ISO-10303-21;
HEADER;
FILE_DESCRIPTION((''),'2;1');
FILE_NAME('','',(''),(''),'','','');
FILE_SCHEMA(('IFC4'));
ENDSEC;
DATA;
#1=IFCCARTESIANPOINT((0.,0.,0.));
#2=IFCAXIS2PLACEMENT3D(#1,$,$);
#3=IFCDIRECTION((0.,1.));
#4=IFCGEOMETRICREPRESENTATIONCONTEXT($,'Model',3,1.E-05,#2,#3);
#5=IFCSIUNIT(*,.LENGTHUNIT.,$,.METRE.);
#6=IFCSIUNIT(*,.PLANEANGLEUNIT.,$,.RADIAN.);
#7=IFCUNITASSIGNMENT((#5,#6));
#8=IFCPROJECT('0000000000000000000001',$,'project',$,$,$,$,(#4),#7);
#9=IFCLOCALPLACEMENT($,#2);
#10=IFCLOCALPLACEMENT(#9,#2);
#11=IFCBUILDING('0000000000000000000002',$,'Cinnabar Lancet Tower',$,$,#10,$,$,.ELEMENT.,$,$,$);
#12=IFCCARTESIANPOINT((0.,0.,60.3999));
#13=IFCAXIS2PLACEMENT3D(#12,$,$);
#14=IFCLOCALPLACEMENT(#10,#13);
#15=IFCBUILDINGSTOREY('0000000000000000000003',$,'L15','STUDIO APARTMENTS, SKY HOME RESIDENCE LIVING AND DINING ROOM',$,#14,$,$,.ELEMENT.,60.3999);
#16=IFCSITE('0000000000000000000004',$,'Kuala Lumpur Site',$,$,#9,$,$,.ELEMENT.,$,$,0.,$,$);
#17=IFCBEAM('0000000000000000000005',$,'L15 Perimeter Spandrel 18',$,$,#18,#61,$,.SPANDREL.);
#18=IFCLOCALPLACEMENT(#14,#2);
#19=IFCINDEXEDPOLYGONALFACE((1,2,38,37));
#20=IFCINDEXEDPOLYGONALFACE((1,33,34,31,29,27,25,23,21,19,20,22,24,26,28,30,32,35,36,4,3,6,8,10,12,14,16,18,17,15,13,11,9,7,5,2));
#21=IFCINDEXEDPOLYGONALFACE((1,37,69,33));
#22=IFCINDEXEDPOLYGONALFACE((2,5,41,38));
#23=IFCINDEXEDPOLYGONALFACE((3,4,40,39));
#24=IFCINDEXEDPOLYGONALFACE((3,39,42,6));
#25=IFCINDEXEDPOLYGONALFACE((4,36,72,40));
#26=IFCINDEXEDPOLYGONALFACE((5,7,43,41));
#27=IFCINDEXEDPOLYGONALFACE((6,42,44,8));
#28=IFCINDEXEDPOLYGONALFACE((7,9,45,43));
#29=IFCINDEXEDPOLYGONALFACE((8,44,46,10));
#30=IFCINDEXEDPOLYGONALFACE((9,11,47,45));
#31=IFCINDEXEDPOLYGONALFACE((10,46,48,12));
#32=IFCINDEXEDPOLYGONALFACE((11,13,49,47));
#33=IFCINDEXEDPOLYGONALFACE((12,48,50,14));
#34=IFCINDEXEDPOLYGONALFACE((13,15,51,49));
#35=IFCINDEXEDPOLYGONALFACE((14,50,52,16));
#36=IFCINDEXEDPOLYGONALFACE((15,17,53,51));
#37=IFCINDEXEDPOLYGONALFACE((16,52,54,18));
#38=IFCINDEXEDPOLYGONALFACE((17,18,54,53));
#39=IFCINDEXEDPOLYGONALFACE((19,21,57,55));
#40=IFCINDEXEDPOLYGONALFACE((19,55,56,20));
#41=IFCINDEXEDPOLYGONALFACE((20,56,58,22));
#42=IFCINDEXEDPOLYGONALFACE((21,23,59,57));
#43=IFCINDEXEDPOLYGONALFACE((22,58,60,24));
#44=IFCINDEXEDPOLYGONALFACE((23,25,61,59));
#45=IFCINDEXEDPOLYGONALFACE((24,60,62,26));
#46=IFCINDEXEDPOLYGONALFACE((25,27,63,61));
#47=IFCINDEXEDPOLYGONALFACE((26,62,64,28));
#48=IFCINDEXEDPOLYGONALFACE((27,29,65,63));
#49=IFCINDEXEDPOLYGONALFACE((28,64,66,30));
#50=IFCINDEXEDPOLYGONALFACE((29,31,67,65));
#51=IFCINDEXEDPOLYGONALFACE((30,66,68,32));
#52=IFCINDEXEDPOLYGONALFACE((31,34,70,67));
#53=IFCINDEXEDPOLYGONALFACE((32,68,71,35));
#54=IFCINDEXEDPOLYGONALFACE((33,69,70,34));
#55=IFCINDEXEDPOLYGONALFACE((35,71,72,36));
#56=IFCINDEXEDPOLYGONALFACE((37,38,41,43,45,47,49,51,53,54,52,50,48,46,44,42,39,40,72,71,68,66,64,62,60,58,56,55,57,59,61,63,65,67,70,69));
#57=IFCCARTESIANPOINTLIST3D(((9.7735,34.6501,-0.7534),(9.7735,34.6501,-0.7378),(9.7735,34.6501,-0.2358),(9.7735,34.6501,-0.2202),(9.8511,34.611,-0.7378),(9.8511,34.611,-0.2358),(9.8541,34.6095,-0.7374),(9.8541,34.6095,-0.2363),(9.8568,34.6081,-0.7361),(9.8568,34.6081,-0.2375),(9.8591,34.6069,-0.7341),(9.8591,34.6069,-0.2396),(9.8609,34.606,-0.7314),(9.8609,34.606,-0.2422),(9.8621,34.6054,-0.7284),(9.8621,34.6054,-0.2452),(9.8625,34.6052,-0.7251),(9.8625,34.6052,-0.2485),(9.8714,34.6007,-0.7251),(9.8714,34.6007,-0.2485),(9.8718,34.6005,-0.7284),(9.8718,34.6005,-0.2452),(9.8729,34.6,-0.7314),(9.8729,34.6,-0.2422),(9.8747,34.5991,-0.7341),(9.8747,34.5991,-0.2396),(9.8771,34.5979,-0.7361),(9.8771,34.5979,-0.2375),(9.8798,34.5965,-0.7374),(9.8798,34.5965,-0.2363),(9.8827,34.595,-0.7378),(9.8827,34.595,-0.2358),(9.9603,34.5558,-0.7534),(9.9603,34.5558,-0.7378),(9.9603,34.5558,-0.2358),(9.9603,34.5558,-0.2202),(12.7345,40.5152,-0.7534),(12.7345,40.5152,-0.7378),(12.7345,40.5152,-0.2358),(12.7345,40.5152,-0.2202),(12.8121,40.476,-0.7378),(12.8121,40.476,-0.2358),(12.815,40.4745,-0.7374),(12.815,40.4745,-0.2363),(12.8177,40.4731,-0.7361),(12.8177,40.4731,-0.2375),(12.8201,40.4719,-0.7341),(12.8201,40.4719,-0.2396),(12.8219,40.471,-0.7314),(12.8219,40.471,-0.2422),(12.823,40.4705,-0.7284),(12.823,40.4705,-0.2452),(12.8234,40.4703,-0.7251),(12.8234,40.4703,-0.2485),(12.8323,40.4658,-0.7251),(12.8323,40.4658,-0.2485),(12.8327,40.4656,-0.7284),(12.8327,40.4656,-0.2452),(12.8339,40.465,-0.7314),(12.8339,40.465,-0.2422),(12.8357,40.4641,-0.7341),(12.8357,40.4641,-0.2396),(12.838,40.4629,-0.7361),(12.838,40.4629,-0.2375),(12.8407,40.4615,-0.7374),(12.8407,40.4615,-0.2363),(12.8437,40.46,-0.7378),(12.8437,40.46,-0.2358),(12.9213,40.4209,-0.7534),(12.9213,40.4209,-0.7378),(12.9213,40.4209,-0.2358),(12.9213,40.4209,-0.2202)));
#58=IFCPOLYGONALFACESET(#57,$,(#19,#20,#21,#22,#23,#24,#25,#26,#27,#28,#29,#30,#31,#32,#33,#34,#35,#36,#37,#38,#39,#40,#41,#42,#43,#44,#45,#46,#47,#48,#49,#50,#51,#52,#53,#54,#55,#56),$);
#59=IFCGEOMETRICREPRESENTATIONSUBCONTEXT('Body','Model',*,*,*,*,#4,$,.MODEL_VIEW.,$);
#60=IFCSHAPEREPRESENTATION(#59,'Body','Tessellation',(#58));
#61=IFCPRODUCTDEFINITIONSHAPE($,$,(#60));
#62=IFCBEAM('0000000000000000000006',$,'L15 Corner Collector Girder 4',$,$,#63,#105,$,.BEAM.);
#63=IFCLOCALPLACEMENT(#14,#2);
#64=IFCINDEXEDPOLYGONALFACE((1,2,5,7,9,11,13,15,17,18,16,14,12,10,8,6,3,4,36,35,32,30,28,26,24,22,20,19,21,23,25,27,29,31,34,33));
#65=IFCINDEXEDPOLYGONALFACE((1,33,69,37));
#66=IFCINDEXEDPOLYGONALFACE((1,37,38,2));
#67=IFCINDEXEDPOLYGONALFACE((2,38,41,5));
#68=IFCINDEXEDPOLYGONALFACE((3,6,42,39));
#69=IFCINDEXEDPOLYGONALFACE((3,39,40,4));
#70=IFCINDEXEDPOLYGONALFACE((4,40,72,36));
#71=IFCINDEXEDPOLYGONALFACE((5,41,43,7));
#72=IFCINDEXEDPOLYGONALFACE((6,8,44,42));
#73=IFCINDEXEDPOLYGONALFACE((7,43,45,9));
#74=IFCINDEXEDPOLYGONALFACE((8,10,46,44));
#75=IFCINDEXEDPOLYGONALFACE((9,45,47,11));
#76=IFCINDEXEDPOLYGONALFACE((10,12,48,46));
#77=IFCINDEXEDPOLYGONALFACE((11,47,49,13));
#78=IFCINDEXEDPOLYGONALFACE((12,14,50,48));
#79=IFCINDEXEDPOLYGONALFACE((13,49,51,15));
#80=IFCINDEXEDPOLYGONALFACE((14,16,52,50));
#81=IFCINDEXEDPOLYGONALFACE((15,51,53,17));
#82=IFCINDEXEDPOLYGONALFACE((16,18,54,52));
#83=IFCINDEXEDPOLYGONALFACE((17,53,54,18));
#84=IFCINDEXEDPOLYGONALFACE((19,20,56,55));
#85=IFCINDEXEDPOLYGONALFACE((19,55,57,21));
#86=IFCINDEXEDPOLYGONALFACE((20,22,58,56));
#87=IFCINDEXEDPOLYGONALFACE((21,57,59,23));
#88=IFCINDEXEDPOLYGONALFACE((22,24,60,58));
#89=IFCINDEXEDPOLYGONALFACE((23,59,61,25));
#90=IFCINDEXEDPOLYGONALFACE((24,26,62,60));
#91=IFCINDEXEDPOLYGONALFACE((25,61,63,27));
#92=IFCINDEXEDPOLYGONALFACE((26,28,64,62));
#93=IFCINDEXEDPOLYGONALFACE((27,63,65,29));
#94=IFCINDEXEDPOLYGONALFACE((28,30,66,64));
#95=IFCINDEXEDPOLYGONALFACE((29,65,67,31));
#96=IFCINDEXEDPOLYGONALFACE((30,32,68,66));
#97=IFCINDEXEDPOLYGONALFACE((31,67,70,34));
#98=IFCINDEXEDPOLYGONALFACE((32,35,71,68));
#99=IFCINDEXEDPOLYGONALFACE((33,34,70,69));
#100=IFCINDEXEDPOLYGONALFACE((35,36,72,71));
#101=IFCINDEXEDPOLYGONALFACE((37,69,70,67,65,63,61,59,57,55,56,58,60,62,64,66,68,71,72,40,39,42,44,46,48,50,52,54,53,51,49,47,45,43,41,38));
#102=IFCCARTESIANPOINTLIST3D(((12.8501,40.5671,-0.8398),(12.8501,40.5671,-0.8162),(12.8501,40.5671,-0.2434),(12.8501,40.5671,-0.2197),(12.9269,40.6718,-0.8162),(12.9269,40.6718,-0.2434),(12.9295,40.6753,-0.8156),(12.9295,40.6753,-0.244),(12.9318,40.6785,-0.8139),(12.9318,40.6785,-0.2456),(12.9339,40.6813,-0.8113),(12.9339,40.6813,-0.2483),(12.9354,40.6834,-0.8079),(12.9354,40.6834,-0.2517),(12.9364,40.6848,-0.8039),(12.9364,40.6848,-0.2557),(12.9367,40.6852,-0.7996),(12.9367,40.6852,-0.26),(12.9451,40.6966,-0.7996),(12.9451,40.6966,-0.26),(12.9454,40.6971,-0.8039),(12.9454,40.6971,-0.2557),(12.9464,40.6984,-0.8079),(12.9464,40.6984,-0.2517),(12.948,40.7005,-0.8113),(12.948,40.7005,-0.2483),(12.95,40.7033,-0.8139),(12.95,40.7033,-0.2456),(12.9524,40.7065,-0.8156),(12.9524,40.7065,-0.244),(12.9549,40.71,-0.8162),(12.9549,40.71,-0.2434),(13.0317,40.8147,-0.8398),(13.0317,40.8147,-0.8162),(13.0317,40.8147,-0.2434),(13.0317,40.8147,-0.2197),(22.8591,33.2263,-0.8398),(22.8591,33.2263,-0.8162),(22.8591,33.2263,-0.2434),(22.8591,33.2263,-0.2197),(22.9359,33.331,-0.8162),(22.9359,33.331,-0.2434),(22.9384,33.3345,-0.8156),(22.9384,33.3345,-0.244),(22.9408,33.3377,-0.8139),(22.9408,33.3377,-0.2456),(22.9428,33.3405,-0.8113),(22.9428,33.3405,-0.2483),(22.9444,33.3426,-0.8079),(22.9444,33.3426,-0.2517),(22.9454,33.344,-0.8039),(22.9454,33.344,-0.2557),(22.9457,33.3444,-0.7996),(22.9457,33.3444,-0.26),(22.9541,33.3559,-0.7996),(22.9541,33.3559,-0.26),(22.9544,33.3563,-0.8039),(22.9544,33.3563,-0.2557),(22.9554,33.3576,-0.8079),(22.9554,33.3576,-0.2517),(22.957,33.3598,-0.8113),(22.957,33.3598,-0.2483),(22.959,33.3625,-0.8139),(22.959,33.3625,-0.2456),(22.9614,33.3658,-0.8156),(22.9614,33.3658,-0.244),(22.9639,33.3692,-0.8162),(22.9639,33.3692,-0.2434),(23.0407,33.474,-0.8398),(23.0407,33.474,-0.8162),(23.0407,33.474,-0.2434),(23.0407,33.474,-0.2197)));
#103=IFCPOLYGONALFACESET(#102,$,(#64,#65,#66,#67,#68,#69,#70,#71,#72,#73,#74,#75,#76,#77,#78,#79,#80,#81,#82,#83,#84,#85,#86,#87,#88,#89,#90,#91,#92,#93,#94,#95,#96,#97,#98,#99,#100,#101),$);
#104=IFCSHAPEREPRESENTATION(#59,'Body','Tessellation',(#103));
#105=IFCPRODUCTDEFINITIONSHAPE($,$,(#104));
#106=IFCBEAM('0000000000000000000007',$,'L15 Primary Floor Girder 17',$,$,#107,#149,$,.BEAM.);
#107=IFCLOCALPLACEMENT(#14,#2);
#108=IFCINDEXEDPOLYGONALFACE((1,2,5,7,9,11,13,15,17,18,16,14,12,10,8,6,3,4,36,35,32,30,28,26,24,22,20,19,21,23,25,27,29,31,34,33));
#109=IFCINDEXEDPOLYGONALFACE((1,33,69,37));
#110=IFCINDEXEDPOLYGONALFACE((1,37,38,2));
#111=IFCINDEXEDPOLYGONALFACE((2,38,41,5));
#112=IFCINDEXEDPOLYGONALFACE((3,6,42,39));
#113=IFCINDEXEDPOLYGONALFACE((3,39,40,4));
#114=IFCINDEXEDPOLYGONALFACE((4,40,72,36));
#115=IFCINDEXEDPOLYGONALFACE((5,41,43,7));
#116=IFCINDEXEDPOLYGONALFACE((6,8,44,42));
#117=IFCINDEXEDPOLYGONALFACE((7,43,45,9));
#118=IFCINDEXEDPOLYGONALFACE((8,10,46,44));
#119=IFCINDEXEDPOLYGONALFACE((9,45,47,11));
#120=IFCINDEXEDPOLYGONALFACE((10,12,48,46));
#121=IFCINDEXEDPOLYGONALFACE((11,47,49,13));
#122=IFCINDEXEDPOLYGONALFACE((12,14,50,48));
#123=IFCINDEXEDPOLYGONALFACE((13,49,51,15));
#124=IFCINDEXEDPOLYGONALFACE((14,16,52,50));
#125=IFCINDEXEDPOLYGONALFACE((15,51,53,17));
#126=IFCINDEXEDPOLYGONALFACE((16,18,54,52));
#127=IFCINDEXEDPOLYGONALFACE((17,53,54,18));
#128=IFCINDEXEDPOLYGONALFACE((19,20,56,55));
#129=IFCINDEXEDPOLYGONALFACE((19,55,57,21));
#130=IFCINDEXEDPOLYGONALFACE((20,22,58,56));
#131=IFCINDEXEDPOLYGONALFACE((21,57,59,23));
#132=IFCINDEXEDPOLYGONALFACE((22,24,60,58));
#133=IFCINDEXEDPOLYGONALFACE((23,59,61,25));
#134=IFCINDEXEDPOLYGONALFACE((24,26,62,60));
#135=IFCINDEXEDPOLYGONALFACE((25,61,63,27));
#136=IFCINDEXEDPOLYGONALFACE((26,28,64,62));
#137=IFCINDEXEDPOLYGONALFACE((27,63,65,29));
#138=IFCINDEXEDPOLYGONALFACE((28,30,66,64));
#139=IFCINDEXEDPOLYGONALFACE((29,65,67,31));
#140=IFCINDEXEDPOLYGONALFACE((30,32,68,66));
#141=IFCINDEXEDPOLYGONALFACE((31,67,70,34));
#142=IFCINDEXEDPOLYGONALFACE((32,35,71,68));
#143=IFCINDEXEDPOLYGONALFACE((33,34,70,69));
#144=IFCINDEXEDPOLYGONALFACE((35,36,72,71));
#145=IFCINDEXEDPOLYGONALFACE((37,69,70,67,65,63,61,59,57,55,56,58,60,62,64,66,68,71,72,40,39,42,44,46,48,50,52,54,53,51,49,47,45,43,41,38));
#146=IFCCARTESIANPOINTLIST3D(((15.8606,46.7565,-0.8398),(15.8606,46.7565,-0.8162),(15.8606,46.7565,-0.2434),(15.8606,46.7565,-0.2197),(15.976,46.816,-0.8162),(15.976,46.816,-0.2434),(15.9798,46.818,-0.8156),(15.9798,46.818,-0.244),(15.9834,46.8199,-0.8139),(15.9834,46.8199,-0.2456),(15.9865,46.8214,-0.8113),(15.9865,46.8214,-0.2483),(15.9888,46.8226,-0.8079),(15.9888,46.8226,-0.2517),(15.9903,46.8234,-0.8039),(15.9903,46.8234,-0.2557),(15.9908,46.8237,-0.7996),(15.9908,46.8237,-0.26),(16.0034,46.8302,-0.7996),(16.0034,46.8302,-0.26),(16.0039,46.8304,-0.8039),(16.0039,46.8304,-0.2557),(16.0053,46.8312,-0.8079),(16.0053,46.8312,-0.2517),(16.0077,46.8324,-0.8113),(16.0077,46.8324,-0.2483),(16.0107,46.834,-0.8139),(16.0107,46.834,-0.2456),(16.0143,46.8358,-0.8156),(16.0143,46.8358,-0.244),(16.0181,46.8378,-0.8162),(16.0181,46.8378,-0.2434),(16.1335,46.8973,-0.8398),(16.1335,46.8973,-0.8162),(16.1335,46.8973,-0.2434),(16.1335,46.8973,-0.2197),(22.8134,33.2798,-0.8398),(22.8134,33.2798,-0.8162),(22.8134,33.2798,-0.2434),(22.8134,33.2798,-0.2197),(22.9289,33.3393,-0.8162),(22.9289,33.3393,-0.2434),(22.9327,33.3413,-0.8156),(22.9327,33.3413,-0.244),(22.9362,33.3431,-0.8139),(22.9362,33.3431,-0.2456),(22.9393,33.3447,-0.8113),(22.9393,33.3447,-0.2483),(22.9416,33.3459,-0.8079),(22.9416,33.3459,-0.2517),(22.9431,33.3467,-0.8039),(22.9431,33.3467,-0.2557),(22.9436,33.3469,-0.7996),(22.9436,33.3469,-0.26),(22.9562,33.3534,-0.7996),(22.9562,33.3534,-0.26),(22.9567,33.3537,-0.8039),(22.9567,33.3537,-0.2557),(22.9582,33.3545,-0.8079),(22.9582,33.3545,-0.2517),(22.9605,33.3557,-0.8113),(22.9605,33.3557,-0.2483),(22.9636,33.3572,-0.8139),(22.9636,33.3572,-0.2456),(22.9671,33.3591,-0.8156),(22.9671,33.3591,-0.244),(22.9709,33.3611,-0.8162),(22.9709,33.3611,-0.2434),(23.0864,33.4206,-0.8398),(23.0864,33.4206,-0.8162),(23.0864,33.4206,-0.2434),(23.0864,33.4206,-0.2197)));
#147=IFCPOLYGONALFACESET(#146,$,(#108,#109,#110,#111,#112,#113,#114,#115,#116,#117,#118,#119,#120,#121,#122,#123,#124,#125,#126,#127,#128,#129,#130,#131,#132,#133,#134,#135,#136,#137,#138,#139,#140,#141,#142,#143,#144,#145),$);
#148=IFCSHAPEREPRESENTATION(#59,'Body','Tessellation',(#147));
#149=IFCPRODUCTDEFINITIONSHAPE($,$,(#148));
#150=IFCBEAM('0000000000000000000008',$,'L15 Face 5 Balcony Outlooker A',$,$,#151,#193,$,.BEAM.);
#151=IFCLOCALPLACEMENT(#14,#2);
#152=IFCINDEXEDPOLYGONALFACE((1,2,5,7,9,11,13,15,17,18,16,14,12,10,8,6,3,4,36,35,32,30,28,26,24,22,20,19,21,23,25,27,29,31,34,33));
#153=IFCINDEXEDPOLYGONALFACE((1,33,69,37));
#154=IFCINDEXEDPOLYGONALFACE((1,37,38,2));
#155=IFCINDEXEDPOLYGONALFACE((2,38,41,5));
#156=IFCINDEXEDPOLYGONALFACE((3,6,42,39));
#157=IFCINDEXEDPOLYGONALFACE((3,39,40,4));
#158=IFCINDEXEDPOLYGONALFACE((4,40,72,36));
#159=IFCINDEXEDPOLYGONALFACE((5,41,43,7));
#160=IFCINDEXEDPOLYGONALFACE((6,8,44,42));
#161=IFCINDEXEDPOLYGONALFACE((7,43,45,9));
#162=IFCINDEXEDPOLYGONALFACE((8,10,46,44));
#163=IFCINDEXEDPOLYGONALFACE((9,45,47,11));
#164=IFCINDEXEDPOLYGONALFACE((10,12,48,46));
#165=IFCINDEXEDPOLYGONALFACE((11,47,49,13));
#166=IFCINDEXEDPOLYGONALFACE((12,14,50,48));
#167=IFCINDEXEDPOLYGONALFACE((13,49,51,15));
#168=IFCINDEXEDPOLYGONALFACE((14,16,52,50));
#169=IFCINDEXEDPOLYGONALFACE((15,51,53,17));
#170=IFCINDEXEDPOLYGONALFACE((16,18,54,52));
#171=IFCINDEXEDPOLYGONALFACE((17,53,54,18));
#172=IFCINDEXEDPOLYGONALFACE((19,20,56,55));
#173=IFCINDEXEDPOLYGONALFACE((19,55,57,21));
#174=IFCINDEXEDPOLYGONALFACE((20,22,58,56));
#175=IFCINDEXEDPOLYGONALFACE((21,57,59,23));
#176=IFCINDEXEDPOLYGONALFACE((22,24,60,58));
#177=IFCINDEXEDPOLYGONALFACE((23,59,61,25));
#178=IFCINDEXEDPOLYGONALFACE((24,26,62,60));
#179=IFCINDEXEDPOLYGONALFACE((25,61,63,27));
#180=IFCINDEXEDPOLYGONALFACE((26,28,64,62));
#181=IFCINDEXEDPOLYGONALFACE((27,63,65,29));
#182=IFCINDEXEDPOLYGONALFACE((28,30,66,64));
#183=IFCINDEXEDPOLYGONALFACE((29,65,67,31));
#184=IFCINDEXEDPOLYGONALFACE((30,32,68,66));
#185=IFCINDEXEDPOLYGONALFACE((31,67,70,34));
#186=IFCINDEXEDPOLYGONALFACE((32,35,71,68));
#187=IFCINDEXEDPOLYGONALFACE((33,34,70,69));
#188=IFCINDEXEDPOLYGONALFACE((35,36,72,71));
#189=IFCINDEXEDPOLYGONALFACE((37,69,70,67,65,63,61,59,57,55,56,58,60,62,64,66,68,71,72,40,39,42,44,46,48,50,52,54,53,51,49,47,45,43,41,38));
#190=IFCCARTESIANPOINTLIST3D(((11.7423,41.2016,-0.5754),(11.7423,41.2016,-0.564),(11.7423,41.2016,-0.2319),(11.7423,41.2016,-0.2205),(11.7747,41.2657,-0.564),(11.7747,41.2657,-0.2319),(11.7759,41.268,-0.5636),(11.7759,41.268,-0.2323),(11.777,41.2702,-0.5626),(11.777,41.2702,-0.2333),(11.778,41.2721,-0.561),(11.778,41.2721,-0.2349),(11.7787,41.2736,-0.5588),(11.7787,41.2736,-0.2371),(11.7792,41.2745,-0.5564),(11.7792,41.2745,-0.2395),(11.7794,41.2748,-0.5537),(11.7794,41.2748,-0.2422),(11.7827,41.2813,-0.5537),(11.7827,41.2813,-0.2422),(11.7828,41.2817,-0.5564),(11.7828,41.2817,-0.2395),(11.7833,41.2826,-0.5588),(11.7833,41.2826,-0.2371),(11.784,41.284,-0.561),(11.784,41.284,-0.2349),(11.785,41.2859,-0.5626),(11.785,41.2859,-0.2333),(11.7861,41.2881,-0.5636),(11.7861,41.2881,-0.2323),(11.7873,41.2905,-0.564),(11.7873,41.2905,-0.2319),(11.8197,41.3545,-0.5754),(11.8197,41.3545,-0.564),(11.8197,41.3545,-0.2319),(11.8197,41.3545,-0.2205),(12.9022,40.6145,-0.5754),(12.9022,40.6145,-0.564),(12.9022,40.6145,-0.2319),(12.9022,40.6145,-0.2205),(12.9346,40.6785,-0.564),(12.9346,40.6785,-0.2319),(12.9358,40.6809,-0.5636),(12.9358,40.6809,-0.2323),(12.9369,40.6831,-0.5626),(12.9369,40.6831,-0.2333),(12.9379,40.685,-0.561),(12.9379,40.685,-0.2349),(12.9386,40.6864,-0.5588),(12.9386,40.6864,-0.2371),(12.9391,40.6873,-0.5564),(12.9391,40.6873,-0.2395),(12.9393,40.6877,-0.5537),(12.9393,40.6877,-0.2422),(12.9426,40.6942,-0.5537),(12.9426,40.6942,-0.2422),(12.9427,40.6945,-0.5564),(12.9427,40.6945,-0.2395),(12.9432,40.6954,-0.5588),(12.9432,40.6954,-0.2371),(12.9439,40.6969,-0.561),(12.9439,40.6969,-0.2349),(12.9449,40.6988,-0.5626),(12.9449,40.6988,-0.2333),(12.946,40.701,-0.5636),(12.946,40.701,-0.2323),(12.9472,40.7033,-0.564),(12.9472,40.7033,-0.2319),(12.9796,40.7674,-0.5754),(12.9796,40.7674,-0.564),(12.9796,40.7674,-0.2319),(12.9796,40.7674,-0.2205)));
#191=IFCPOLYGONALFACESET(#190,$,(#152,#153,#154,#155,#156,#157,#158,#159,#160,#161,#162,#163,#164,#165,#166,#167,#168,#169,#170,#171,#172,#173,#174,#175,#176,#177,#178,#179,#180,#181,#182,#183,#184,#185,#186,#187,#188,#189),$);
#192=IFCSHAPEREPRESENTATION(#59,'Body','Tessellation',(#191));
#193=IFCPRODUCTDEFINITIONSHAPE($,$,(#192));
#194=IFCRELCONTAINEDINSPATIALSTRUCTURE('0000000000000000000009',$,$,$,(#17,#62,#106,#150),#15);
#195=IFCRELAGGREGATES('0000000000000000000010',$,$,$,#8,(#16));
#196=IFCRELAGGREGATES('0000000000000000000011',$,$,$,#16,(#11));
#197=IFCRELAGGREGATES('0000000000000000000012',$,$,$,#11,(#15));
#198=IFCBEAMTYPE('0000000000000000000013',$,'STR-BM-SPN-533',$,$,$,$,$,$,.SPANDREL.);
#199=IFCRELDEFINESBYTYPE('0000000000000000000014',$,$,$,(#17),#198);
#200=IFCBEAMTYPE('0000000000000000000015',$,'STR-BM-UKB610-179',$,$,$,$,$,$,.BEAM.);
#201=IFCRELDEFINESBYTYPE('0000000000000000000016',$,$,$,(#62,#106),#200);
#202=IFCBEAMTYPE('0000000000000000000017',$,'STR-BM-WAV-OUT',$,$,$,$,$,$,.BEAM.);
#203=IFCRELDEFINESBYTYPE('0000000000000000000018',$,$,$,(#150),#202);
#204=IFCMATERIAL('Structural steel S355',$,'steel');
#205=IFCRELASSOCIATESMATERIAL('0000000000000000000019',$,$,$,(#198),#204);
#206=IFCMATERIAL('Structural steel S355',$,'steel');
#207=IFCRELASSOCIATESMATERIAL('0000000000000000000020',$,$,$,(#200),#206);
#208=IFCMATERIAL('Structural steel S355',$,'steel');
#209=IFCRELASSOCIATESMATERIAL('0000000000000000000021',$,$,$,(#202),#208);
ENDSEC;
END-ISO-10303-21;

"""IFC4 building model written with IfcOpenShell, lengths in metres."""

from ifc_helpers import new_model, si_unit, direction, frame, origin, origin_2d, place, context, subcontext, project, spatial, i_section, extrude, material, material_profile, profile_set, type_object, element, save


model = new_model("IFC4")

# Units and contexts
model_context = context("Model", 3, precision=1e-05, world=origin(), true_north=direction((0.0, 1.0)))
body_context = subcontext(model_context, "Body", "Model", "MODEL_VIEW")
ifc_project = project(units=[si_unit("LENGTHUNIT", "METRE"), si_unit("PLANEANGLEUNIT", "RADIAN")], contexts=[model_context])

# Site, building, storey
site_placement = place(None, origin())
site = spatial("IfcSite", under=ifc_project, at=site_placement, Name="Kuala Lumpur Site", CompositionType="ELEMENT", RefElevation=0.0)
building_placement = place(site_placement, origin())
building = spatial("IfcBuilding", under=site, at=building_placement, Name="Cinnabar Lancet Tower", CompositionType="ELEMENT")
storey_placement = place(building_placement, frame((0.0, 0.0, 60.3999)))
storey = spatial("IfcBuildingStorey", under=building, at=storey_placement, Name="L15", Description="STUDIO APARTMENTS, SKY HOME RESIDENCE LIVING AND DINING ROOM", CompositionType="ELEMENT", Elevation=60.3999)

# Beams
ifc_material_1 = material(Name="Structural steel S355", Category="steel")
ifc_material_profile_1 = material_profile(ifc_material_1, i_section(OverallWidth=0.2092, OverallDepth=0.5332, WebThickness=0.01, FlangeThickness=0.0156, FilletRadius=0.0127, at=origin_2d()), Name="UKB 533x210x92")
ifc_profile_set_1 = profile_set([ifc_material_profile_1], Name="Structural steel S355")
beam_type_1 = type_object("IfcBeamType", Name="STR-BM-SPN-533", PredefinedType="SPANDREL", material=ifc_profile_set_1)
beam_1_placement = place(storey_placement, frame((12.8279, 40.468, -0.4868), z_axis=(-0.450674, -0.892689, 0.0), x_axis=(0.892689, -0.450674, 0.0)))
element("IfcBeam", 1, at=beam_1_placement, inside=storey, type_object=beam_type_1, Name="L15 Perimeter Spandrel 18", PredefinedType="SPANDREL", context=body_context, shape_type="SweptSolid", body=[
    extrude(i_section(OverallWidth=0.2092, OverallDepth=0.5332, WebThickness=0.01, FlangeThickness=0.0156, FilletRadius=0.0127, at=origin_2d()), origin(), (0.0, 0.0, 1.0), 6.5701),
])
ifc_material_2 = material(Name="Structural steel S355", Category="steel")
ifc_material_profile_2 = material_profile(ifc_material_2, i_section(OverallWidth=0.3071, OverallDepth=0.6201, WebThickness=0.0142, FlangeThickness=0.0237, FilletRadius=0.0166, at=origin_2d()), Name="UKB 610x305x179")
ifc_profile_set_2 = profile_set([ifc_material_profile_2], Name="Structural steel S355")
beam_type_2 = type_object("IfcBeamType", Name="STR-BM-UKB610-179", PredefinedType="BEAM", material=ifc_profile_set_2)
beam_2_placement = place(storey_placement, frame((12.9409, 40.6909, -0.5298), z_axis=(0.806372, -0.591409, 0.0), x_axis=(0.591409, 0.806372, 0.0)))
element("IfcBeam", 2, at=beam_2_placement, inside=storey, type_object=beam_type_2, Name="L15 Corner Collector Girder 4", PredefinedType="BEAM", context=body_context, shape_type="SweptSolid", body=[
    extrude(i_section(OverallWidth=0.3071, OverallDepth=0.6201, WebThickness=0.0142, FlangeThickness=0.0237, FilletRadius=0.0166, at=origin_2d()), origin(), (0.0, 0.0, 1.0), 12.4124),
])
beam_3_placement = place(storey_placement, frame((15.9971, 46.8269, -0.5298), z_axis=(0.458492, -0.888698, 0.0), x_axis=(0.888698, 0.458492, 0.0)))
element("IfcBeam", 3, at=beam_3_placement, inside=storey, type_object=beam_type_2, Name="L15 Primary Floor Girder 17", PredefinedType="BEAM", context=body_context, shape_type="SweptSolid", body=[
    extrude(i_section(OverallWidth=0.3071, OverallDepth=0.6201, WebThickness=0.0142, FlangeThickness=0.0237, FilletRadius=0.0166, at=origin_2d()), origin(), (0.0, 0.0, 1.0), 15.1646),
])
ifc_material_3 = material(Name="Structural steel S355", Category="steel")
ifc_material_profile_3 = material_profile(ifc_material_3, i_section(OverallWidth=0.1714, OverallDepth=0.355, WebThickness=0.0073, FlangeThickness=0.0115, FilletRadius=0.0103, at=origin_2d()), Name="UKB 356x171x51")
ifc_profile_set_3 = profile_set([ifc_material_profile_3], Name="Structural steel S355")
beam_type_3 = type_object("IfcBeamType", Name="STR-BM-WAV-OUT", PredefinedType="BEAM", material=ifc_profile_set_3)
beam_4_placement = place(storey_placement, frame((12.9409, 40.6909, -0.3979), z_axis=(-0.8922, 0.45164, 0.0), x_axis=(-0.45164, -0.8922, 0.0)))
element("IfcBeam", 4, at=beam_4_placement, inside=storey, type_object=beam_type_3, Name="L15 Face 5 Balcony Outlooker A", PredefinedType="BEAM", context=body_context, shape_type="SweptSolid", body=[
    extrude(i_section(OverallWidth=0.1714, OverallDepth=0.355, WebThickness=0.0073, FlangeThickness=0.0115, FilletRadius=0.0103, at=origin_2d()), origin(), (0.0, 0.0, 1.0), 1.3),
])

save(model, "model.ifc")
